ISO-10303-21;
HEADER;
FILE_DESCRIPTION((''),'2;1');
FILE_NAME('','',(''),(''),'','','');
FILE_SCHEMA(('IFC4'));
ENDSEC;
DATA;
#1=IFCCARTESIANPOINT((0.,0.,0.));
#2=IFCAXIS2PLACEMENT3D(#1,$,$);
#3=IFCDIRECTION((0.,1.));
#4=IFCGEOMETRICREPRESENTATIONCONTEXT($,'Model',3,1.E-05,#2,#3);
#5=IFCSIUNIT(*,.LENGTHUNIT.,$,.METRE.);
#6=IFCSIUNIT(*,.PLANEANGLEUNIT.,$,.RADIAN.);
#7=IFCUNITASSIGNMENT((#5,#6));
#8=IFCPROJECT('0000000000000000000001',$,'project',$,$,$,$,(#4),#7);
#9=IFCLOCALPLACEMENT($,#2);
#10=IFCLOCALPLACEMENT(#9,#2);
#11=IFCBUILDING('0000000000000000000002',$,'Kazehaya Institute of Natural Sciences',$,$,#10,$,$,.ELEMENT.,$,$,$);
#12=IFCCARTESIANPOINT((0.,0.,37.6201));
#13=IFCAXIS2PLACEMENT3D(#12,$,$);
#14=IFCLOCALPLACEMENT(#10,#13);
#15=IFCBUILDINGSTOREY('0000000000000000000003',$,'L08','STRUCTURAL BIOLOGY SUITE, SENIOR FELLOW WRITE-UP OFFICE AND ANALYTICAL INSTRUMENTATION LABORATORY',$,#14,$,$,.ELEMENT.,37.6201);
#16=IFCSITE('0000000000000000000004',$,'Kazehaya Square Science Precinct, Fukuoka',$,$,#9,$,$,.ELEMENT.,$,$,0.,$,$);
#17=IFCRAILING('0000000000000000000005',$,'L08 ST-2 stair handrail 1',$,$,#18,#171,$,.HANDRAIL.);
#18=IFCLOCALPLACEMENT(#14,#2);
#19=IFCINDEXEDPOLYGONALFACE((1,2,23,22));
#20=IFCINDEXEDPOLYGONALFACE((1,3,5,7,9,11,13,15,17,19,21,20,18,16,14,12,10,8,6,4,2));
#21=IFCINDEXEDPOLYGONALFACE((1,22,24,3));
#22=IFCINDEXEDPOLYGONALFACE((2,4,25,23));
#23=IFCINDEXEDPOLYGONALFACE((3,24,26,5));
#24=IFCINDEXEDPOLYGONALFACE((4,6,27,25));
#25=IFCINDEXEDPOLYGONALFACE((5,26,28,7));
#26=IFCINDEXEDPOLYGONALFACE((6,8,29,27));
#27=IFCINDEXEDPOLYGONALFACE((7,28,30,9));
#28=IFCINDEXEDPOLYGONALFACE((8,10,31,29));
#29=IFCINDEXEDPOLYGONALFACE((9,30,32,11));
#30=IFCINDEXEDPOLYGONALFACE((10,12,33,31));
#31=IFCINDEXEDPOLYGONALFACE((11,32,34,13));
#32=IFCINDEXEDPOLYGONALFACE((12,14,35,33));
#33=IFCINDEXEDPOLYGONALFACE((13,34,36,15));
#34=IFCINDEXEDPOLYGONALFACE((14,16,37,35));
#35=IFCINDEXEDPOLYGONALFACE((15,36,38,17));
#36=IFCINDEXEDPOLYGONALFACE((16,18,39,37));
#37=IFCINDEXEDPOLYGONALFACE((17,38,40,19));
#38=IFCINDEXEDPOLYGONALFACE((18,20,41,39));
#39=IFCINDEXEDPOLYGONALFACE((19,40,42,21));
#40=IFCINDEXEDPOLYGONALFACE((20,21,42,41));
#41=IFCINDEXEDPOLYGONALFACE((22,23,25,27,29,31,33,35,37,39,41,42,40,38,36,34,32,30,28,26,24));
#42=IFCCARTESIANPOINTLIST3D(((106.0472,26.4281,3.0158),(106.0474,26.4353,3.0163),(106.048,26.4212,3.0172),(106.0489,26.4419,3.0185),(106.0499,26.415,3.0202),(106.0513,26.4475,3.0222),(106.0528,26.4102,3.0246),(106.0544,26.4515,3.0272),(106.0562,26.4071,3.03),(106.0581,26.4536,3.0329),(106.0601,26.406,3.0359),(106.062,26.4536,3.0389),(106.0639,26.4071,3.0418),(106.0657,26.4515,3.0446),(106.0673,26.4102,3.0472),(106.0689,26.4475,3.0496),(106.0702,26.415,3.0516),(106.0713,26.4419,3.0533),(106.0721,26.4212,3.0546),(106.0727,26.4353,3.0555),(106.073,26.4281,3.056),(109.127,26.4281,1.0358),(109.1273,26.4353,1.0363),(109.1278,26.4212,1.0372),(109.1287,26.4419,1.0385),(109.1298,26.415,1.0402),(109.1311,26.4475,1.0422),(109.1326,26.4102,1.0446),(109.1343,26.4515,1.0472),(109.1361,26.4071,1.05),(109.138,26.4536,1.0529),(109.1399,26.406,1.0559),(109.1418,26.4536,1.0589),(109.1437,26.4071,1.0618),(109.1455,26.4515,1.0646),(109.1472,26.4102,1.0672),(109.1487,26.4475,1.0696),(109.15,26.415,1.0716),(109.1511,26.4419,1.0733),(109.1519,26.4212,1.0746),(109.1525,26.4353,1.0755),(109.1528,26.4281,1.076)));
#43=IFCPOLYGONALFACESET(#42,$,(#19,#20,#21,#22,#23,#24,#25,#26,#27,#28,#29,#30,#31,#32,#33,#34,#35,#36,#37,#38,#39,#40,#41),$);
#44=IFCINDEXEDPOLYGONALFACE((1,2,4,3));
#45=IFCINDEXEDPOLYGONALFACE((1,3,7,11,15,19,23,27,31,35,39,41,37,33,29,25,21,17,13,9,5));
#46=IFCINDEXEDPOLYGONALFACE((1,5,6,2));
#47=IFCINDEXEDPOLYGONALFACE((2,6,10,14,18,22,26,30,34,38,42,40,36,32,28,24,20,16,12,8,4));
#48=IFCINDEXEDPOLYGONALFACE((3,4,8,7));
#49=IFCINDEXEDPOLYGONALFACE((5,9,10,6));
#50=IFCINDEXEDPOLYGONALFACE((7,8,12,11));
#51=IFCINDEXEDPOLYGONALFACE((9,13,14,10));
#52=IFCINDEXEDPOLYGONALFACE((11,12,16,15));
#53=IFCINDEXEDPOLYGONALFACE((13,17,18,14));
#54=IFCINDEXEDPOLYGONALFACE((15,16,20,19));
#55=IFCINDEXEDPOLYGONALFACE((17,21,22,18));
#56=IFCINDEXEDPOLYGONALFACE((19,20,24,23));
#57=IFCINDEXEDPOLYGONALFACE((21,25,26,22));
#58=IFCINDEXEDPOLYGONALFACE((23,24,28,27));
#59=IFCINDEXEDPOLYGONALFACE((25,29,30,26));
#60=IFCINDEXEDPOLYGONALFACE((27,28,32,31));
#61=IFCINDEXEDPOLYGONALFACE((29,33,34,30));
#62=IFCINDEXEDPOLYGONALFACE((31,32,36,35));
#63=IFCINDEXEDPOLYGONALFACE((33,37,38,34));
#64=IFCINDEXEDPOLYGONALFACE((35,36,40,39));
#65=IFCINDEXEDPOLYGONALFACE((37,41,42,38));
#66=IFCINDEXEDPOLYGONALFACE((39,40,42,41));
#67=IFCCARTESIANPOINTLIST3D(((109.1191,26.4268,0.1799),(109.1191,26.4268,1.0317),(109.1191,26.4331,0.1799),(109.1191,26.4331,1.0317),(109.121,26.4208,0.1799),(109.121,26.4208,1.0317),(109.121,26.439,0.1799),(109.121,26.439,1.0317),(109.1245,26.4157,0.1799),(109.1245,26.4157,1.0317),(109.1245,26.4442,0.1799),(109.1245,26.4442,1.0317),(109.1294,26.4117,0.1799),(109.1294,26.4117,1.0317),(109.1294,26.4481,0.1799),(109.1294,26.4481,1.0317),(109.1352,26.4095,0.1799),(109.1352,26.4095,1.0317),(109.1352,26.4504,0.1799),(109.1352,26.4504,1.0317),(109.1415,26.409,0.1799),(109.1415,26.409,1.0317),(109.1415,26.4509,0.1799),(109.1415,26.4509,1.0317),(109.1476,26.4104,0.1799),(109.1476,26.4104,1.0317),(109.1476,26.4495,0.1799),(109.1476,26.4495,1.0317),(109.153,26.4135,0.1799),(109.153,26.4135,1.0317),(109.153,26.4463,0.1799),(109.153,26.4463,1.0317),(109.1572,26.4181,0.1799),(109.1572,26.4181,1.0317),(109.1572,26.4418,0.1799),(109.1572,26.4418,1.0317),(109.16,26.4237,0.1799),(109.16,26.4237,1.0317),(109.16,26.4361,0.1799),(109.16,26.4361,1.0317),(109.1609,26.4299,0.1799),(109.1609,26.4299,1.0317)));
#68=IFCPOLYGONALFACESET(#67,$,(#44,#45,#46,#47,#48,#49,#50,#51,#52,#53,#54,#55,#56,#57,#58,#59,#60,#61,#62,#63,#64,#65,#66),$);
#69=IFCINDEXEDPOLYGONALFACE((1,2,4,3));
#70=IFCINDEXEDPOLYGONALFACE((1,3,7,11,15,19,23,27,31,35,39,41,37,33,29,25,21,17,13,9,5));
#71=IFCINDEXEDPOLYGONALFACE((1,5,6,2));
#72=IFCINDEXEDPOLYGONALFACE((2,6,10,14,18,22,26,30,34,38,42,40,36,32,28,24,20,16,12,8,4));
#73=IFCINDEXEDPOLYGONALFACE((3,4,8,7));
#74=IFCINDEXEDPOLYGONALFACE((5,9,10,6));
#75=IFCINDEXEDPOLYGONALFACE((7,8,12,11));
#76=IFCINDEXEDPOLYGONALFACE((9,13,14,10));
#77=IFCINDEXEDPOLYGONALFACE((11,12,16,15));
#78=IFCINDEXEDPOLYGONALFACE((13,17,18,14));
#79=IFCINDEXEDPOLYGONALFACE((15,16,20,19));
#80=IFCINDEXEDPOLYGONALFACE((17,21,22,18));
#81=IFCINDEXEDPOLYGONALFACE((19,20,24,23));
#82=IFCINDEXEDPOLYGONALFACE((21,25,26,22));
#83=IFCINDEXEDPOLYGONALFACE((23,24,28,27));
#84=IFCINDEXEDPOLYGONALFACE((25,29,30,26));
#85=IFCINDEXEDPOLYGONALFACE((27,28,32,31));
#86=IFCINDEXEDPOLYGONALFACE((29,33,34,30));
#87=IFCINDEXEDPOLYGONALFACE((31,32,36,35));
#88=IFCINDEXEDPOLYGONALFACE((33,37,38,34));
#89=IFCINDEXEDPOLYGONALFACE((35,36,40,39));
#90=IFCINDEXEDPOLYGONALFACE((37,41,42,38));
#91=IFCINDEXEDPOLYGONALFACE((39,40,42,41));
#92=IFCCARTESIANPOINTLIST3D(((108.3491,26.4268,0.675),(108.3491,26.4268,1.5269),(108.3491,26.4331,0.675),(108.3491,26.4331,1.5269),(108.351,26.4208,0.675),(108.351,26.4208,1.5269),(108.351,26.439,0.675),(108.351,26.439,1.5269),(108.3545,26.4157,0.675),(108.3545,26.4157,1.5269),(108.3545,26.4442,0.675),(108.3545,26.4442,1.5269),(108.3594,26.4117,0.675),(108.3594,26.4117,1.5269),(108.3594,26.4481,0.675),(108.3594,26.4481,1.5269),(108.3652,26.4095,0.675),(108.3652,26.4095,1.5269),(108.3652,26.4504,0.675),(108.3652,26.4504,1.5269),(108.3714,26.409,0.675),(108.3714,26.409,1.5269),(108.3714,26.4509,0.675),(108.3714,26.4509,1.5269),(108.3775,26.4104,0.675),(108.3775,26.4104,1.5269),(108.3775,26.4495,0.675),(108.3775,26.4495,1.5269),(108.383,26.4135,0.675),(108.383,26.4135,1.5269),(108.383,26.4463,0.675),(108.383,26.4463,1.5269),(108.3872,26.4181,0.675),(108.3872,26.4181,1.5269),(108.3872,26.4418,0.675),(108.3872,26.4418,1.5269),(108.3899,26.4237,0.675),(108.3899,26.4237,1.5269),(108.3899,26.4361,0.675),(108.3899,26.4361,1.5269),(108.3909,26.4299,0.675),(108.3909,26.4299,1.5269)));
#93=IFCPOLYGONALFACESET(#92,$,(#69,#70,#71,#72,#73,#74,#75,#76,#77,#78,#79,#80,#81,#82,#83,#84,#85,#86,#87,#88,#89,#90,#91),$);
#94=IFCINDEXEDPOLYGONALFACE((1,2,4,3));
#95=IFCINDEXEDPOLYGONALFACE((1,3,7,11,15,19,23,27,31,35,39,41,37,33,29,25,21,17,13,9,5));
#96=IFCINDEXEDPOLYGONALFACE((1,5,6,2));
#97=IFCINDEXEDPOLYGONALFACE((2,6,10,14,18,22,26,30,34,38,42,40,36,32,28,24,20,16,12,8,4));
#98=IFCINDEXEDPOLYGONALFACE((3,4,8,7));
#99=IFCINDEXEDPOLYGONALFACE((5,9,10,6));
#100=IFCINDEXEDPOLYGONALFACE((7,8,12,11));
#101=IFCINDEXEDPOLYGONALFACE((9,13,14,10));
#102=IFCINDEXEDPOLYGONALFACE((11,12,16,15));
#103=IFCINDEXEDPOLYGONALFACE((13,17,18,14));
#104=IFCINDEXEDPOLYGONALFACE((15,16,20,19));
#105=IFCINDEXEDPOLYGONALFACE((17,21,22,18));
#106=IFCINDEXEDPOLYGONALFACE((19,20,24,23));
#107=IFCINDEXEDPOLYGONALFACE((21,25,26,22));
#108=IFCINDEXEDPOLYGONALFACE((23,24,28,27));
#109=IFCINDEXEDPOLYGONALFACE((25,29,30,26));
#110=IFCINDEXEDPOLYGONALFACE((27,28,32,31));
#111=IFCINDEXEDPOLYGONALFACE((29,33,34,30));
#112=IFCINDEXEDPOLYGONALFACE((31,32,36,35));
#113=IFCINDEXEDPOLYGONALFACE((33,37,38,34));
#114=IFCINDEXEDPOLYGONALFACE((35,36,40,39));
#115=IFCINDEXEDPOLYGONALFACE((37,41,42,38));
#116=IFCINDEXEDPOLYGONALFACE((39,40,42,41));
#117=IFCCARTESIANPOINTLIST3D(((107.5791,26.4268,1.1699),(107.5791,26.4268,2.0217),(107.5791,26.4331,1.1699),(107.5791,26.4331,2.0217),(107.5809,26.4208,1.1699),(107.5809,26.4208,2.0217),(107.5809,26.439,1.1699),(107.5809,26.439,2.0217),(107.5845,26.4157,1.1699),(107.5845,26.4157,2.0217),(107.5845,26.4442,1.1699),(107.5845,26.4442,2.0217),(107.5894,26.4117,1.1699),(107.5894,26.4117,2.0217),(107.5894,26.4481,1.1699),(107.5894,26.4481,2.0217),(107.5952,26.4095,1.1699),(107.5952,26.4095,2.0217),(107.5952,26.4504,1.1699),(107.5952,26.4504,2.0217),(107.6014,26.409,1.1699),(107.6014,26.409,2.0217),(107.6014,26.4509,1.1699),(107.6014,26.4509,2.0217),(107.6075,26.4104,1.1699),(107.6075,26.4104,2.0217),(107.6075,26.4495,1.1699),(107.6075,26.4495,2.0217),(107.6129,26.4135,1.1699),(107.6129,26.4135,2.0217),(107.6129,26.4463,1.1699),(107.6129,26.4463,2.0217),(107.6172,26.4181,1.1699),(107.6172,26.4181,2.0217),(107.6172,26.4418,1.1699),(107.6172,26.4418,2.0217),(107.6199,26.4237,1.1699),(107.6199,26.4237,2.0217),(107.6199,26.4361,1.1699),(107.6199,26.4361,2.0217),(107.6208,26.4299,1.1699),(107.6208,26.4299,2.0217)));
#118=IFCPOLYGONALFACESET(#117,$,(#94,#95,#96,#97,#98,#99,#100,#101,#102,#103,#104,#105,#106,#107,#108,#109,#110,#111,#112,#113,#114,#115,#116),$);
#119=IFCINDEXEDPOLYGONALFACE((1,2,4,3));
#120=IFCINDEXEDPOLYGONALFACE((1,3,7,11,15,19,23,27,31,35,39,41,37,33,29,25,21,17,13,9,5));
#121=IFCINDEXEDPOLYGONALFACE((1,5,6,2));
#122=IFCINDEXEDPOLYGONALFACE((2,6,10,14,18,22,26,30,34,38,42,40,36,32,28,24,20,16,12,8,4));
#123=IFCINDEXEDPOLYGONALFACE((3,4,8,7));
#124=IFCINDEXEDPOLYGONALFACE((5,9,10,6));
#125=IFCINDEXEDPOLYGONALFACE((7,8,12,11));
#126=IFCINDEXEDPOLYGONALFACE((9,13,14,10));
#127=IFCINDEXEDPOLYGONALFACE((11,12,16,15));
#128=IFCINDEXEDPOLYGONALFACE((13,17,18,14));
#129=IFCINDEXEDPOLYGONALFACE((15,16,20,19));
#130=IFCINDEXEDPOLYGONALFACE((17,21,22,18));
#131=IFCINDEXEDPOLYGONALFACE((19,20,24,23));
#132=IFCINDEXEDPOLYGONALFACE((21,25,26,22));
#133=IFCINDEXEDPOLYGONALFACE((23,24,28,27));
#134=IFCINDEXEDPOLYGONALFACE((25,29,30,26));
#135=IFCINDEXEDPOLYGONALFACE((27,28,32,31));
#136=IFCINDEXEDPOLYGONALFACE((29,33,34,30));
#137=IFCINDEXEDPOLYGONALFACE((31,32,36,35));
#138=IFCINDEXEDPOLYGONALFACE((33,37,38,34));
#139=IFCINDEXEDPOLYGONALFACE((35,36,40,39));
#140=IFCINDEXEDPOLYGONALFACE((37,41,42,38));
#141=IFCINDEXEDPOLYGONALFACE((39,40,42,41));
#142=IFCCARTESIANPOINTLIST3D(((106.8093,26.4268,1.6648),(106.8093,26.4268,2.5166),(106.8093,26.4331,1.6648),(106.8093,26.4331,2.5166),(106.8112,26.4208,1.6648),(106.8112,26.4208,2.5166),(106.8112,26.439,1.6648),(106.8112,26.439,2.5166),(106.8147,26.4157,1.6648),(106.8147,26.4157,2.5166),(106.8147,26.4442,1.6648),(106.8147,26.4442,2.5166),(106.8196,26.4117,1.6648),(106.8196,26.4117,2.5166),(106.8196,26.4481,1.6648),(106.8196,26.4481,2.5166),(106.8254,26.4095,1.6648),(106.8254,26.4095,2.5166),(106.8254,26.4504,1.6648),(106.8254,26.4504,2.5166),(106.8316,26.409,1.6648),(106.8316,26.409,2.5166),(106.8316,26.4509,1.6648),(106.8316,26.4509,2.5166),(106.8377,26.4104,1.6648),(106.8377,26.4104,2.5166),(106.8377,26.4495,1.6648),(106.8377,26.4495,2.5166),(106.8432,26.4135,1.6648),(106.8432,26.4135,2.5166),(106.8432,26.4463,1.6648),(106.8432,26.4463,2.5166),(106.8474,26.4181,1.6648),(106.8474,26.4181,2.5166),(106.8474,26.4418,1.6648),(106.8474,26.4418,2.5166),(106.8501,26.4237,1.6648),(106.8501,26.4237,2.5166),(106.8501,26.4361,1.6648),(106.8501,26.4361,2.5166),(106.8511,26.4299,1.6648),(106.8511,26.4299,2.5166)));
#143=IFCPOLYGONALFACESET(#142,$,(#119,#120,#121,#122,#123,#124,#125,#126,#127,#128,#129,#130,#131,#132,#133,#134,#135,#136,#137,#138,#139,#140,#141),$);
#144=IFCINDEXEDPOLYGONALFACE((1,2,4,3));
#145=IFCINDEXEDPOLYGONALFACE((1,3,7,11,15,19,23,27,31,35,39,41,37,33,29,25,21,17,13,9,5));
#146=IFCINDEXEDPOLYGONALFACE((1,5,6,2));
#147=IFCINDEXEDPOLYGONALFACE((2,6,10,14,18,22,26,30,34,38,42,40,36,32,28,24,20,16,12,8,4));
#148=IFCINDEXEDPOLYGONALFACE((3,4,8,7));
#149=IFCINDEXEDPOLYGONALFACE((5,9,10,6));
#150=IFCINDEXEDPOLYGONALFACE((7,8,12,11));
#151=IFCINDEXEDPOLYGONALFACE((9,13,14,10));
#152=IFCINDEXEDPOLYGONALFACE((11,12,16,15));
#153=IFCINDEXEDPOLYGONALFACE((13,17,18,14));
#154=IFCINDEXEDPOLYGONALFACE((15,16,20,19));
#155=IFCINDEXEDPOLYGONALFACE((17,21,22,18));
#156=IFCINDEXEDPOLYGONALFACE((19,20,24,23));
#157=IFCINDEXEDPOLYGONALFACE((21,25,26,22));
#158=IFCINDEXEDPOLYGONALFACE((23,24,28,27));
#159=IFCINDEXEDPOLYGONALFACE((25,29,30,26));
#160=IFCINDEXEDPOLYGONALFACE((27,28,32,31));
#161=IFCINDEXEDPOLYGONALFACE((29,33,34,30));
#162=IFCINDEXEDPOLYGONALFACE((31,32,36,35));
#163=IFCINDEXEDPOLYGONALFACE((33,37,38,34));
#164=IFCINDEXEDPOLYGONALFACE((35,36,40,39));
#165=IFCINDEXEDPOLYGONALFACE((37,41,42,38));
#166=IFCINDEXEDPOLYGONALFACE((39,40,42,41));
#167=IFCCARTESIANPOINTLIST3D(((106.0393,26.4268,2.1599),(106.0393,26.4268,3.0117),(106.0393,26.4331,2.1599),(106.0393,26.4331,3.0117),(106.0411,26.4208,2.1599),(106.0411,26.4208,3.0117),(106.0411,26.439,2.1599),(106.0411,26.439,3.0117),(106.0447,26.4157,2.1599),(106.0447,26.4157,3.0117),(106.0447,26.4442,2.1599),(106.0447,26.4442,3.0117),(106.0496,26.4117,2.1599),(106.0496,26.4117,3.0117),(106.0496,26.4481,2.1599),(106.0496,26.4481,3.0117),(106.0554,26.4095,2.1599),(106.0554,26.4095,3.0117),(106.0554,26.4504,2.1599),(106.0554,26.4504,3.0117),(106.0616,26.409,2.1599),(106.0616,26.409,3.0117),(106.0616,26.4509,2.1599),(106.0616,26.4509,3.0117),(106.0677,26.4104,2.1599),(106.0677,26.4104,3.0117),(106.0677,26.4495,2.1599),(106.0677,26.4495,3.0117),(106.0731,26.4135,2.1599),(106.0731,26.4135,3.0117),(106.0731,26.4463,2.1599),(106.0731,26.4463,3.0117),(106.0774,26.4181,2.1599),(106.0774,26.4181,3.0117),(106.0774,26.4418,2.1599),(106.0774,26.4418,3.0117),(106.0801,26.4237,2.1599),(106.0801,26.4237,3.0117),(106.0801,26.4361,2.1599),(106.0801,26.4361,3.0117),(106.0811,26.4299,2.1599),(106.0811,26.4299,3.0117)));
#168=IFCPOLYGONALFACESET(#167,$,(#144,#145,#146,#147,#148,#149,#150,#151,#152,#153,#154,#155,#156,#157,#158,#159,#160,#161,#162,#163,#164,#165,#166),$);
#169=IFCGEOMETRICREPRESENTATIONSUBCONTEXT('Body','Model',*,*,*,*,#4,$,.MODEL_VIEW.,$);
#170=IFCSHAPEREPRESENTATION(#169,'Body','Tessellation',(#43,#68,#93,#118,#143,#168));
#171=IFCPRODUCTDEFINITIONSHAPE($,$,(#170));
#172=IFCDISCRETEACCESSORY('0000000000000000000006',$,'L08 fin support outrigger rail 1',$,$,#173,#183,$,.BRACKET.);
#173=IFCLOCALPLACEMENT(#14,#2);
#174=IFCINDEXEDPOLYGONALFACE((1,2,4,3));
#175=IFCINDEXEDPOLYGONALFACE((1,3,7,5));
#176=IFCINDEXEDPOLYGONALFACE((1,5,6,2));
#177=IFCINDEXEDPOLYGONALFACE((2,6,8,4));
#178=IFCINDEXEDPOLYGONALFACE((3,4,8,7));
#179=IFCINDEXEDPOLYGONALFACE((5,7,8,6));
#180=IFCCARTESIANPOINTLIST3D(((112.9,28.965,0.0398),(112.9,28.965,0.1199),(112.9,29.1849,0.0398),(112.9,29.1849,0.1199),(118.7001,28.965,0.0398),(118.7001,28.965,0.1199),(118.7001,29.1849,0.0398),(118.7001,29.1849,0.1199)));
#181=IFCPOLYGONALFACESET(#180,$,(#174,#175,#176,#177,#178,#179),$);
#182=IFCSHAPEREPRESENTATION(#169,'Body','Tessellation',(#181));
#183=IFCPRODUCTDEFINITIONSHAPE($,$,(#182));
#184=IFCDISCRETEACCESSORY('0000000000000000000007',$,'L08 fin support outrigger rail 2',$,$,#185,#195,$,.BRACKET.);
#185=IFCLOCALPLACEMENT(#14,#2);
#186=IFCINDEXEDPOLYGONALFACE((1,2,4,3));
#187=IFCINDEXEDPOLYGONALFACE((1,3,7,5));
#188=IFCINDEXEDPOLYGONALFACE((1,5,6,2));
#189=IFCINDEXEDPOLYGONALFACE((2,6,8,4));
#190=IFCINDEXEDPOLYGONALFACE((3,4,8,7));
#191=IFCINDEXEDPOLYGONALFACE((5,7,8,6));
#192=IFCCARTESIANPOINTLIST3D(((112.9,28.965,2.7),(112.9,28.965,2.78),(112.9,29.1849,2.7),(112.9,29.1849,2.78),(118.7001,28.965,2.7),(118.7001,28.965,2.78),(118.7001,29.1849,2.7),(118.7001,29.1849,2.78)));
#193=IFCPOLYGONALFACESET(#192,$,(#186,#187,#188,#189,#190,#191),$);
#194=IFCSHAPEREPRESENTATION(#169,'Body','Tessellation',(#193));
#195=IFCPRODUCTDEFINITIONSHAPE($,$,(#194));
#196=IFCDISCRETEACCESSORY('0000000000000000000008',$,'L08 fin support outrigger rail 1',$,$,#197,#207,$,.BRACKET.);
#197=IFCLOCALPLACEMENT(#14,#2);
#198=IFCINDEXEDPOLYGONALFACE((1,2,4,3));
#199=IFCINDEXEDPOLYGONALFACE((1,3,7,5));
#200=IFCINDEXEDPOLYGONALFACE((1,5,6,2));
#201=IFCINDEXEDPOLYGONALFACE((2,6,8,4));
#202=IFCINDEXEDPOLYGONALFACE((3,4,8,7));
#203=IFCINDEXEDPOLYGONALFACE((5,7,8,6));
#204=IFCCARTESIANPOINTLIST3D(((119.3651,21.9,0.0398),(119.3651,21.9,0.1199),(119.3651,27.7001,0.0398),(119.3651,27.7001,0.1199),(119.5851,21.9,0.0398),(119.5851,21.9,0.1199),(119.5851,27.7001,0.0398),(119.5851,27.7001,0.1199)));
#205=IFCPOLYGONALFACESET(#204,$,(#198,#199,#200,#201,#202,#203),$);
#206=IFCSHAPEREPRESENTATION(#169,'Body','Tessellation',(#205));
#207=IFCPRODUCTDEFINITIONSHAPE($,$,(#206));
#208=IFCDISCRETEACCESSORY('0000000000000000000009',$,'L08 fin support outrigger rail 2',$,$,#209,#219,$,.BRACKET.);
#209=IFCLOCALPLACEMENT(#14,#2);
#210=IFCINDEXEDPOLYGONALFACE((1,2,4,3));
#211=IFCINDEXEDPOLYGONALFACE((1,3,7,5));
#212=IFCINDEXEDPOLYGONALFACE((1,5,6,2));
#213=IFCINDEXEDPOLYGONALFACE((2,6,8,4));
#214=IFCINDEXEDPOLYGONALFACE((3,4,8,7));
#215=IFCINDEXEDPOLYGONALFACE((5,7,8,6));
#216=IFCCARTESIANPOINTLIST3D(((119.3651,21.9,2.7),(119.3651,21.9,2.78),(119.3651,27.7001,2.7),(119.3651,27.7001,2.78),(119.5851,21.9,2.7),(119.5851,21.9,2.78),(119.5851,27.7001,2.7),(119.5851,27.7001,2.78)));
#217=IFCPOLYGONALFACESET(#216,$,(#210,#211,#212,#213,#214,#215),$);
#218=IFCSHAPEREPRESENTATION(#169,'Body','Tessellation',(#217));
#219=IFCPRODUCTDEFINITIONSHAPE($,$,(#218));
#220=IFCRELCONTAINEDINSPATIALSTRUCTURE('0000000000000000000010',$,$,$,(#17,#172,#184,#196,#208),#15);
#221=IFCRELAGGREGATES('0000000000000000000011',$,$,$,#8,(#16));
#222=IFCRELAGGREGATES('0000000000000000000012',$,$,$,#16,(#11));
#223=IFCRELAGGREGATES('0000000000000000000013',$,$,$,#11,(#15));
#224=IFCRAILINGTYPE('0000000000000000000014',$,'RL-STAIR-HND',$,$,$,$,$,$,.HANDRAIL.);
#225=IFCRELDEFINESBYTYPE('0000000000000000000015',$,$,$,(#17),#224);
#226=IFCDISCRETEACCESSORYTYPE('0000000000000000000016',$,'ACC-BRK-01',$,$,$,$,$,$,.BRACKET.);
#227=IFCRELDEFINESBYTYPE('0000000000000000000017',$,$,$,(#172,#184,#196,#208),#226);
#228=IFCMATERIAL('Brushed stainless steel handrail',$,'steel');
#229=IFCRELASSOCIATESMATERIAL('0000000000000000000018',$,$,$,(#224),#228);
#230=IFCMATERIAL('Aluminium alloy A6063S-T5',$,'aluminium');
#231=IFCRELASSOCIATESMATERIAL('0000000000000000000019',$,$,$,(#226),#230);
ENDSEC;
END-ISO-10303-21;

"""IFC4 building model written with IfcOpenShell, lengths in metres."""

from ifc_helpers import new_model, si_unit, direction, frame, origin, origin_2d, place, context, subcontext, project, spatial, rectangle, circle, extrude, material, type_object, element, save


model = new_model("IFC4")

# Units and contexts
model_context = context("Model", 3, precision=1e-05, world=origin(), true_north=direction((0.0, 1.0)))
body_context = subcontext(model_context, "Body", "Model", "MODEL_VIEW")
ifc_project = project(units=[si_unit("LENGTHUNIT", "METRE"), si_unit("PLANEANGLEUNIT", "RADIAN")], contexts=[model_context])

# Site, building, storey
site_placement = place(None, origin())
site = spatial("IfcSite", under=ifc_project, at=site_placement, Name="Kazehaya Square Science Precinct, Fukuoka", CompositionType="ELEMENT", RefElevation=0.0)
building_placement = place(site_placement, origin())
building = spatial("IfcBuilding", under=site, at=building_placement, Name="Kazehaya Institute of Natural Sciences", CompositionType="ELEMENT")
storey_placement = place(building_placement, frame((0.0, 0.0, 37.6201)))
storey = spatial("IfcBuildingStorey", under=building, at=storey_placement, Name="L08", Description="STRUCTURAL BIOLOGY SUITE, SENIOR FELLOW WRITE-UP OFFICE AND ANALYTICAL INSTRUMENTATION LABORATORY", CompositionType="ELEMENT", Elevation=37.6201)

# Shared definitions
ifc_material_1 = material(Name="Aluminium alloy A6063S-T5", Category="aluminium")

# Railing
ifc_material_2 = material(Name="Brushed stainless steel handrail", Category="steel")
railing_type_1 = type_object("IfcRailingType", Name="RL-STAIR-HND", PredefinedType="HANDRAIL", material=ifc_material_2)
railing_1_placement = place(storey_placement, frame((109.1399, 26.4299, 0.1799)))
element("IfcRailing", 1, at=railing_1_placement, inside=storey, type_object=railing_type_1, Name="L08 ST-2 stair handrail 1", PredefinedType="HANDRAIL", context=body_context, shape_type="SweptSolid", body=[
    extrude(circle(Radius=0.0239, at=origin_2d()), frame((0.0, 0.0, 0.876), z_axis=(-0.841168, 0.0, 0.540774), x_axis=(0.0, -1.0, 0.0)), (0.0, 0.0, 1.0), 3.6614),
    extrude(circle(Radius=0.021, at=origin_2d()), origin(), (0.0, 0.0, 1.0), 0.8518),
    extrude(circle(Radius=0.021, at=origin_2d()), frame((-0.77, 0.0, 0.4951)), (0.0, 0.0, 1.0), 0.8518),
    extrude(circle(Radius=0.021, at=origin_2d()), frame((-1.54, 0.0, 0.99)), (0.0, 0.0, 1.0), 0.8518),
    extrude(circle(Radius=0.021, at=origin_2d()), frame((-2.3098, 0.0, 1.4849)), (0.0, 0.0, 1.0), 0.8518),
    extrude(circle(Radius=0.021, at=origin_2d()), frame((-3.0798, 0.0, 1.98)), (0.0, 0.0, 1.0), 0.8518),
])

# Discrete accessories
discrete_accessory_type = type_object("IfcDiscreteAccessoryType", Name="ACC-BRK-01", PredefinedType="BRACKET", material=ifc_material_1)
for number, where, z_axis, x_axis, name in (
    (2, (115.8, 29.075, 0.0398), (0.0, 0.0, 1.0), (1.0, 0.0, 0.0), "L08 fin support outrigger rail 1"),
    (3, (115.8, 29.075, 2.7), (0.0, 0.0, 1.0), (1.0, 0.0, 0.0), "L08 fin support outrigger rail 2"),
    (4, (119.4751, 24.8, 0.0398), (0.0, 0.0, 1.0), (0.0, -1.0, 0.0), "L08 fin support outrigger rail 1"),
    (5, (119.4751, 24.8, 2.7), (0.0, 0.0, 1.0), (0.0, -1.0, 0.0), "L08 fin support outrigger rail 2"),
):
    element("IfcDiscreteAccessory", number, at=place(storey_placement, frame(where, z_axis=z_axis, x_axis=x_axis)), inside=storey, type_object=discrete_accessory_type, Name=name, PredefinedType="BRACKET", context=body_context, shape_type="SweptSolid", body=[
        extrude(rectangle(XDim=5.8, YDim=0.22, at=origin_2d()), origin(), (0.0, 0.0, 1.0), 0.0801),
    ])

save(model, "model.ifc")
